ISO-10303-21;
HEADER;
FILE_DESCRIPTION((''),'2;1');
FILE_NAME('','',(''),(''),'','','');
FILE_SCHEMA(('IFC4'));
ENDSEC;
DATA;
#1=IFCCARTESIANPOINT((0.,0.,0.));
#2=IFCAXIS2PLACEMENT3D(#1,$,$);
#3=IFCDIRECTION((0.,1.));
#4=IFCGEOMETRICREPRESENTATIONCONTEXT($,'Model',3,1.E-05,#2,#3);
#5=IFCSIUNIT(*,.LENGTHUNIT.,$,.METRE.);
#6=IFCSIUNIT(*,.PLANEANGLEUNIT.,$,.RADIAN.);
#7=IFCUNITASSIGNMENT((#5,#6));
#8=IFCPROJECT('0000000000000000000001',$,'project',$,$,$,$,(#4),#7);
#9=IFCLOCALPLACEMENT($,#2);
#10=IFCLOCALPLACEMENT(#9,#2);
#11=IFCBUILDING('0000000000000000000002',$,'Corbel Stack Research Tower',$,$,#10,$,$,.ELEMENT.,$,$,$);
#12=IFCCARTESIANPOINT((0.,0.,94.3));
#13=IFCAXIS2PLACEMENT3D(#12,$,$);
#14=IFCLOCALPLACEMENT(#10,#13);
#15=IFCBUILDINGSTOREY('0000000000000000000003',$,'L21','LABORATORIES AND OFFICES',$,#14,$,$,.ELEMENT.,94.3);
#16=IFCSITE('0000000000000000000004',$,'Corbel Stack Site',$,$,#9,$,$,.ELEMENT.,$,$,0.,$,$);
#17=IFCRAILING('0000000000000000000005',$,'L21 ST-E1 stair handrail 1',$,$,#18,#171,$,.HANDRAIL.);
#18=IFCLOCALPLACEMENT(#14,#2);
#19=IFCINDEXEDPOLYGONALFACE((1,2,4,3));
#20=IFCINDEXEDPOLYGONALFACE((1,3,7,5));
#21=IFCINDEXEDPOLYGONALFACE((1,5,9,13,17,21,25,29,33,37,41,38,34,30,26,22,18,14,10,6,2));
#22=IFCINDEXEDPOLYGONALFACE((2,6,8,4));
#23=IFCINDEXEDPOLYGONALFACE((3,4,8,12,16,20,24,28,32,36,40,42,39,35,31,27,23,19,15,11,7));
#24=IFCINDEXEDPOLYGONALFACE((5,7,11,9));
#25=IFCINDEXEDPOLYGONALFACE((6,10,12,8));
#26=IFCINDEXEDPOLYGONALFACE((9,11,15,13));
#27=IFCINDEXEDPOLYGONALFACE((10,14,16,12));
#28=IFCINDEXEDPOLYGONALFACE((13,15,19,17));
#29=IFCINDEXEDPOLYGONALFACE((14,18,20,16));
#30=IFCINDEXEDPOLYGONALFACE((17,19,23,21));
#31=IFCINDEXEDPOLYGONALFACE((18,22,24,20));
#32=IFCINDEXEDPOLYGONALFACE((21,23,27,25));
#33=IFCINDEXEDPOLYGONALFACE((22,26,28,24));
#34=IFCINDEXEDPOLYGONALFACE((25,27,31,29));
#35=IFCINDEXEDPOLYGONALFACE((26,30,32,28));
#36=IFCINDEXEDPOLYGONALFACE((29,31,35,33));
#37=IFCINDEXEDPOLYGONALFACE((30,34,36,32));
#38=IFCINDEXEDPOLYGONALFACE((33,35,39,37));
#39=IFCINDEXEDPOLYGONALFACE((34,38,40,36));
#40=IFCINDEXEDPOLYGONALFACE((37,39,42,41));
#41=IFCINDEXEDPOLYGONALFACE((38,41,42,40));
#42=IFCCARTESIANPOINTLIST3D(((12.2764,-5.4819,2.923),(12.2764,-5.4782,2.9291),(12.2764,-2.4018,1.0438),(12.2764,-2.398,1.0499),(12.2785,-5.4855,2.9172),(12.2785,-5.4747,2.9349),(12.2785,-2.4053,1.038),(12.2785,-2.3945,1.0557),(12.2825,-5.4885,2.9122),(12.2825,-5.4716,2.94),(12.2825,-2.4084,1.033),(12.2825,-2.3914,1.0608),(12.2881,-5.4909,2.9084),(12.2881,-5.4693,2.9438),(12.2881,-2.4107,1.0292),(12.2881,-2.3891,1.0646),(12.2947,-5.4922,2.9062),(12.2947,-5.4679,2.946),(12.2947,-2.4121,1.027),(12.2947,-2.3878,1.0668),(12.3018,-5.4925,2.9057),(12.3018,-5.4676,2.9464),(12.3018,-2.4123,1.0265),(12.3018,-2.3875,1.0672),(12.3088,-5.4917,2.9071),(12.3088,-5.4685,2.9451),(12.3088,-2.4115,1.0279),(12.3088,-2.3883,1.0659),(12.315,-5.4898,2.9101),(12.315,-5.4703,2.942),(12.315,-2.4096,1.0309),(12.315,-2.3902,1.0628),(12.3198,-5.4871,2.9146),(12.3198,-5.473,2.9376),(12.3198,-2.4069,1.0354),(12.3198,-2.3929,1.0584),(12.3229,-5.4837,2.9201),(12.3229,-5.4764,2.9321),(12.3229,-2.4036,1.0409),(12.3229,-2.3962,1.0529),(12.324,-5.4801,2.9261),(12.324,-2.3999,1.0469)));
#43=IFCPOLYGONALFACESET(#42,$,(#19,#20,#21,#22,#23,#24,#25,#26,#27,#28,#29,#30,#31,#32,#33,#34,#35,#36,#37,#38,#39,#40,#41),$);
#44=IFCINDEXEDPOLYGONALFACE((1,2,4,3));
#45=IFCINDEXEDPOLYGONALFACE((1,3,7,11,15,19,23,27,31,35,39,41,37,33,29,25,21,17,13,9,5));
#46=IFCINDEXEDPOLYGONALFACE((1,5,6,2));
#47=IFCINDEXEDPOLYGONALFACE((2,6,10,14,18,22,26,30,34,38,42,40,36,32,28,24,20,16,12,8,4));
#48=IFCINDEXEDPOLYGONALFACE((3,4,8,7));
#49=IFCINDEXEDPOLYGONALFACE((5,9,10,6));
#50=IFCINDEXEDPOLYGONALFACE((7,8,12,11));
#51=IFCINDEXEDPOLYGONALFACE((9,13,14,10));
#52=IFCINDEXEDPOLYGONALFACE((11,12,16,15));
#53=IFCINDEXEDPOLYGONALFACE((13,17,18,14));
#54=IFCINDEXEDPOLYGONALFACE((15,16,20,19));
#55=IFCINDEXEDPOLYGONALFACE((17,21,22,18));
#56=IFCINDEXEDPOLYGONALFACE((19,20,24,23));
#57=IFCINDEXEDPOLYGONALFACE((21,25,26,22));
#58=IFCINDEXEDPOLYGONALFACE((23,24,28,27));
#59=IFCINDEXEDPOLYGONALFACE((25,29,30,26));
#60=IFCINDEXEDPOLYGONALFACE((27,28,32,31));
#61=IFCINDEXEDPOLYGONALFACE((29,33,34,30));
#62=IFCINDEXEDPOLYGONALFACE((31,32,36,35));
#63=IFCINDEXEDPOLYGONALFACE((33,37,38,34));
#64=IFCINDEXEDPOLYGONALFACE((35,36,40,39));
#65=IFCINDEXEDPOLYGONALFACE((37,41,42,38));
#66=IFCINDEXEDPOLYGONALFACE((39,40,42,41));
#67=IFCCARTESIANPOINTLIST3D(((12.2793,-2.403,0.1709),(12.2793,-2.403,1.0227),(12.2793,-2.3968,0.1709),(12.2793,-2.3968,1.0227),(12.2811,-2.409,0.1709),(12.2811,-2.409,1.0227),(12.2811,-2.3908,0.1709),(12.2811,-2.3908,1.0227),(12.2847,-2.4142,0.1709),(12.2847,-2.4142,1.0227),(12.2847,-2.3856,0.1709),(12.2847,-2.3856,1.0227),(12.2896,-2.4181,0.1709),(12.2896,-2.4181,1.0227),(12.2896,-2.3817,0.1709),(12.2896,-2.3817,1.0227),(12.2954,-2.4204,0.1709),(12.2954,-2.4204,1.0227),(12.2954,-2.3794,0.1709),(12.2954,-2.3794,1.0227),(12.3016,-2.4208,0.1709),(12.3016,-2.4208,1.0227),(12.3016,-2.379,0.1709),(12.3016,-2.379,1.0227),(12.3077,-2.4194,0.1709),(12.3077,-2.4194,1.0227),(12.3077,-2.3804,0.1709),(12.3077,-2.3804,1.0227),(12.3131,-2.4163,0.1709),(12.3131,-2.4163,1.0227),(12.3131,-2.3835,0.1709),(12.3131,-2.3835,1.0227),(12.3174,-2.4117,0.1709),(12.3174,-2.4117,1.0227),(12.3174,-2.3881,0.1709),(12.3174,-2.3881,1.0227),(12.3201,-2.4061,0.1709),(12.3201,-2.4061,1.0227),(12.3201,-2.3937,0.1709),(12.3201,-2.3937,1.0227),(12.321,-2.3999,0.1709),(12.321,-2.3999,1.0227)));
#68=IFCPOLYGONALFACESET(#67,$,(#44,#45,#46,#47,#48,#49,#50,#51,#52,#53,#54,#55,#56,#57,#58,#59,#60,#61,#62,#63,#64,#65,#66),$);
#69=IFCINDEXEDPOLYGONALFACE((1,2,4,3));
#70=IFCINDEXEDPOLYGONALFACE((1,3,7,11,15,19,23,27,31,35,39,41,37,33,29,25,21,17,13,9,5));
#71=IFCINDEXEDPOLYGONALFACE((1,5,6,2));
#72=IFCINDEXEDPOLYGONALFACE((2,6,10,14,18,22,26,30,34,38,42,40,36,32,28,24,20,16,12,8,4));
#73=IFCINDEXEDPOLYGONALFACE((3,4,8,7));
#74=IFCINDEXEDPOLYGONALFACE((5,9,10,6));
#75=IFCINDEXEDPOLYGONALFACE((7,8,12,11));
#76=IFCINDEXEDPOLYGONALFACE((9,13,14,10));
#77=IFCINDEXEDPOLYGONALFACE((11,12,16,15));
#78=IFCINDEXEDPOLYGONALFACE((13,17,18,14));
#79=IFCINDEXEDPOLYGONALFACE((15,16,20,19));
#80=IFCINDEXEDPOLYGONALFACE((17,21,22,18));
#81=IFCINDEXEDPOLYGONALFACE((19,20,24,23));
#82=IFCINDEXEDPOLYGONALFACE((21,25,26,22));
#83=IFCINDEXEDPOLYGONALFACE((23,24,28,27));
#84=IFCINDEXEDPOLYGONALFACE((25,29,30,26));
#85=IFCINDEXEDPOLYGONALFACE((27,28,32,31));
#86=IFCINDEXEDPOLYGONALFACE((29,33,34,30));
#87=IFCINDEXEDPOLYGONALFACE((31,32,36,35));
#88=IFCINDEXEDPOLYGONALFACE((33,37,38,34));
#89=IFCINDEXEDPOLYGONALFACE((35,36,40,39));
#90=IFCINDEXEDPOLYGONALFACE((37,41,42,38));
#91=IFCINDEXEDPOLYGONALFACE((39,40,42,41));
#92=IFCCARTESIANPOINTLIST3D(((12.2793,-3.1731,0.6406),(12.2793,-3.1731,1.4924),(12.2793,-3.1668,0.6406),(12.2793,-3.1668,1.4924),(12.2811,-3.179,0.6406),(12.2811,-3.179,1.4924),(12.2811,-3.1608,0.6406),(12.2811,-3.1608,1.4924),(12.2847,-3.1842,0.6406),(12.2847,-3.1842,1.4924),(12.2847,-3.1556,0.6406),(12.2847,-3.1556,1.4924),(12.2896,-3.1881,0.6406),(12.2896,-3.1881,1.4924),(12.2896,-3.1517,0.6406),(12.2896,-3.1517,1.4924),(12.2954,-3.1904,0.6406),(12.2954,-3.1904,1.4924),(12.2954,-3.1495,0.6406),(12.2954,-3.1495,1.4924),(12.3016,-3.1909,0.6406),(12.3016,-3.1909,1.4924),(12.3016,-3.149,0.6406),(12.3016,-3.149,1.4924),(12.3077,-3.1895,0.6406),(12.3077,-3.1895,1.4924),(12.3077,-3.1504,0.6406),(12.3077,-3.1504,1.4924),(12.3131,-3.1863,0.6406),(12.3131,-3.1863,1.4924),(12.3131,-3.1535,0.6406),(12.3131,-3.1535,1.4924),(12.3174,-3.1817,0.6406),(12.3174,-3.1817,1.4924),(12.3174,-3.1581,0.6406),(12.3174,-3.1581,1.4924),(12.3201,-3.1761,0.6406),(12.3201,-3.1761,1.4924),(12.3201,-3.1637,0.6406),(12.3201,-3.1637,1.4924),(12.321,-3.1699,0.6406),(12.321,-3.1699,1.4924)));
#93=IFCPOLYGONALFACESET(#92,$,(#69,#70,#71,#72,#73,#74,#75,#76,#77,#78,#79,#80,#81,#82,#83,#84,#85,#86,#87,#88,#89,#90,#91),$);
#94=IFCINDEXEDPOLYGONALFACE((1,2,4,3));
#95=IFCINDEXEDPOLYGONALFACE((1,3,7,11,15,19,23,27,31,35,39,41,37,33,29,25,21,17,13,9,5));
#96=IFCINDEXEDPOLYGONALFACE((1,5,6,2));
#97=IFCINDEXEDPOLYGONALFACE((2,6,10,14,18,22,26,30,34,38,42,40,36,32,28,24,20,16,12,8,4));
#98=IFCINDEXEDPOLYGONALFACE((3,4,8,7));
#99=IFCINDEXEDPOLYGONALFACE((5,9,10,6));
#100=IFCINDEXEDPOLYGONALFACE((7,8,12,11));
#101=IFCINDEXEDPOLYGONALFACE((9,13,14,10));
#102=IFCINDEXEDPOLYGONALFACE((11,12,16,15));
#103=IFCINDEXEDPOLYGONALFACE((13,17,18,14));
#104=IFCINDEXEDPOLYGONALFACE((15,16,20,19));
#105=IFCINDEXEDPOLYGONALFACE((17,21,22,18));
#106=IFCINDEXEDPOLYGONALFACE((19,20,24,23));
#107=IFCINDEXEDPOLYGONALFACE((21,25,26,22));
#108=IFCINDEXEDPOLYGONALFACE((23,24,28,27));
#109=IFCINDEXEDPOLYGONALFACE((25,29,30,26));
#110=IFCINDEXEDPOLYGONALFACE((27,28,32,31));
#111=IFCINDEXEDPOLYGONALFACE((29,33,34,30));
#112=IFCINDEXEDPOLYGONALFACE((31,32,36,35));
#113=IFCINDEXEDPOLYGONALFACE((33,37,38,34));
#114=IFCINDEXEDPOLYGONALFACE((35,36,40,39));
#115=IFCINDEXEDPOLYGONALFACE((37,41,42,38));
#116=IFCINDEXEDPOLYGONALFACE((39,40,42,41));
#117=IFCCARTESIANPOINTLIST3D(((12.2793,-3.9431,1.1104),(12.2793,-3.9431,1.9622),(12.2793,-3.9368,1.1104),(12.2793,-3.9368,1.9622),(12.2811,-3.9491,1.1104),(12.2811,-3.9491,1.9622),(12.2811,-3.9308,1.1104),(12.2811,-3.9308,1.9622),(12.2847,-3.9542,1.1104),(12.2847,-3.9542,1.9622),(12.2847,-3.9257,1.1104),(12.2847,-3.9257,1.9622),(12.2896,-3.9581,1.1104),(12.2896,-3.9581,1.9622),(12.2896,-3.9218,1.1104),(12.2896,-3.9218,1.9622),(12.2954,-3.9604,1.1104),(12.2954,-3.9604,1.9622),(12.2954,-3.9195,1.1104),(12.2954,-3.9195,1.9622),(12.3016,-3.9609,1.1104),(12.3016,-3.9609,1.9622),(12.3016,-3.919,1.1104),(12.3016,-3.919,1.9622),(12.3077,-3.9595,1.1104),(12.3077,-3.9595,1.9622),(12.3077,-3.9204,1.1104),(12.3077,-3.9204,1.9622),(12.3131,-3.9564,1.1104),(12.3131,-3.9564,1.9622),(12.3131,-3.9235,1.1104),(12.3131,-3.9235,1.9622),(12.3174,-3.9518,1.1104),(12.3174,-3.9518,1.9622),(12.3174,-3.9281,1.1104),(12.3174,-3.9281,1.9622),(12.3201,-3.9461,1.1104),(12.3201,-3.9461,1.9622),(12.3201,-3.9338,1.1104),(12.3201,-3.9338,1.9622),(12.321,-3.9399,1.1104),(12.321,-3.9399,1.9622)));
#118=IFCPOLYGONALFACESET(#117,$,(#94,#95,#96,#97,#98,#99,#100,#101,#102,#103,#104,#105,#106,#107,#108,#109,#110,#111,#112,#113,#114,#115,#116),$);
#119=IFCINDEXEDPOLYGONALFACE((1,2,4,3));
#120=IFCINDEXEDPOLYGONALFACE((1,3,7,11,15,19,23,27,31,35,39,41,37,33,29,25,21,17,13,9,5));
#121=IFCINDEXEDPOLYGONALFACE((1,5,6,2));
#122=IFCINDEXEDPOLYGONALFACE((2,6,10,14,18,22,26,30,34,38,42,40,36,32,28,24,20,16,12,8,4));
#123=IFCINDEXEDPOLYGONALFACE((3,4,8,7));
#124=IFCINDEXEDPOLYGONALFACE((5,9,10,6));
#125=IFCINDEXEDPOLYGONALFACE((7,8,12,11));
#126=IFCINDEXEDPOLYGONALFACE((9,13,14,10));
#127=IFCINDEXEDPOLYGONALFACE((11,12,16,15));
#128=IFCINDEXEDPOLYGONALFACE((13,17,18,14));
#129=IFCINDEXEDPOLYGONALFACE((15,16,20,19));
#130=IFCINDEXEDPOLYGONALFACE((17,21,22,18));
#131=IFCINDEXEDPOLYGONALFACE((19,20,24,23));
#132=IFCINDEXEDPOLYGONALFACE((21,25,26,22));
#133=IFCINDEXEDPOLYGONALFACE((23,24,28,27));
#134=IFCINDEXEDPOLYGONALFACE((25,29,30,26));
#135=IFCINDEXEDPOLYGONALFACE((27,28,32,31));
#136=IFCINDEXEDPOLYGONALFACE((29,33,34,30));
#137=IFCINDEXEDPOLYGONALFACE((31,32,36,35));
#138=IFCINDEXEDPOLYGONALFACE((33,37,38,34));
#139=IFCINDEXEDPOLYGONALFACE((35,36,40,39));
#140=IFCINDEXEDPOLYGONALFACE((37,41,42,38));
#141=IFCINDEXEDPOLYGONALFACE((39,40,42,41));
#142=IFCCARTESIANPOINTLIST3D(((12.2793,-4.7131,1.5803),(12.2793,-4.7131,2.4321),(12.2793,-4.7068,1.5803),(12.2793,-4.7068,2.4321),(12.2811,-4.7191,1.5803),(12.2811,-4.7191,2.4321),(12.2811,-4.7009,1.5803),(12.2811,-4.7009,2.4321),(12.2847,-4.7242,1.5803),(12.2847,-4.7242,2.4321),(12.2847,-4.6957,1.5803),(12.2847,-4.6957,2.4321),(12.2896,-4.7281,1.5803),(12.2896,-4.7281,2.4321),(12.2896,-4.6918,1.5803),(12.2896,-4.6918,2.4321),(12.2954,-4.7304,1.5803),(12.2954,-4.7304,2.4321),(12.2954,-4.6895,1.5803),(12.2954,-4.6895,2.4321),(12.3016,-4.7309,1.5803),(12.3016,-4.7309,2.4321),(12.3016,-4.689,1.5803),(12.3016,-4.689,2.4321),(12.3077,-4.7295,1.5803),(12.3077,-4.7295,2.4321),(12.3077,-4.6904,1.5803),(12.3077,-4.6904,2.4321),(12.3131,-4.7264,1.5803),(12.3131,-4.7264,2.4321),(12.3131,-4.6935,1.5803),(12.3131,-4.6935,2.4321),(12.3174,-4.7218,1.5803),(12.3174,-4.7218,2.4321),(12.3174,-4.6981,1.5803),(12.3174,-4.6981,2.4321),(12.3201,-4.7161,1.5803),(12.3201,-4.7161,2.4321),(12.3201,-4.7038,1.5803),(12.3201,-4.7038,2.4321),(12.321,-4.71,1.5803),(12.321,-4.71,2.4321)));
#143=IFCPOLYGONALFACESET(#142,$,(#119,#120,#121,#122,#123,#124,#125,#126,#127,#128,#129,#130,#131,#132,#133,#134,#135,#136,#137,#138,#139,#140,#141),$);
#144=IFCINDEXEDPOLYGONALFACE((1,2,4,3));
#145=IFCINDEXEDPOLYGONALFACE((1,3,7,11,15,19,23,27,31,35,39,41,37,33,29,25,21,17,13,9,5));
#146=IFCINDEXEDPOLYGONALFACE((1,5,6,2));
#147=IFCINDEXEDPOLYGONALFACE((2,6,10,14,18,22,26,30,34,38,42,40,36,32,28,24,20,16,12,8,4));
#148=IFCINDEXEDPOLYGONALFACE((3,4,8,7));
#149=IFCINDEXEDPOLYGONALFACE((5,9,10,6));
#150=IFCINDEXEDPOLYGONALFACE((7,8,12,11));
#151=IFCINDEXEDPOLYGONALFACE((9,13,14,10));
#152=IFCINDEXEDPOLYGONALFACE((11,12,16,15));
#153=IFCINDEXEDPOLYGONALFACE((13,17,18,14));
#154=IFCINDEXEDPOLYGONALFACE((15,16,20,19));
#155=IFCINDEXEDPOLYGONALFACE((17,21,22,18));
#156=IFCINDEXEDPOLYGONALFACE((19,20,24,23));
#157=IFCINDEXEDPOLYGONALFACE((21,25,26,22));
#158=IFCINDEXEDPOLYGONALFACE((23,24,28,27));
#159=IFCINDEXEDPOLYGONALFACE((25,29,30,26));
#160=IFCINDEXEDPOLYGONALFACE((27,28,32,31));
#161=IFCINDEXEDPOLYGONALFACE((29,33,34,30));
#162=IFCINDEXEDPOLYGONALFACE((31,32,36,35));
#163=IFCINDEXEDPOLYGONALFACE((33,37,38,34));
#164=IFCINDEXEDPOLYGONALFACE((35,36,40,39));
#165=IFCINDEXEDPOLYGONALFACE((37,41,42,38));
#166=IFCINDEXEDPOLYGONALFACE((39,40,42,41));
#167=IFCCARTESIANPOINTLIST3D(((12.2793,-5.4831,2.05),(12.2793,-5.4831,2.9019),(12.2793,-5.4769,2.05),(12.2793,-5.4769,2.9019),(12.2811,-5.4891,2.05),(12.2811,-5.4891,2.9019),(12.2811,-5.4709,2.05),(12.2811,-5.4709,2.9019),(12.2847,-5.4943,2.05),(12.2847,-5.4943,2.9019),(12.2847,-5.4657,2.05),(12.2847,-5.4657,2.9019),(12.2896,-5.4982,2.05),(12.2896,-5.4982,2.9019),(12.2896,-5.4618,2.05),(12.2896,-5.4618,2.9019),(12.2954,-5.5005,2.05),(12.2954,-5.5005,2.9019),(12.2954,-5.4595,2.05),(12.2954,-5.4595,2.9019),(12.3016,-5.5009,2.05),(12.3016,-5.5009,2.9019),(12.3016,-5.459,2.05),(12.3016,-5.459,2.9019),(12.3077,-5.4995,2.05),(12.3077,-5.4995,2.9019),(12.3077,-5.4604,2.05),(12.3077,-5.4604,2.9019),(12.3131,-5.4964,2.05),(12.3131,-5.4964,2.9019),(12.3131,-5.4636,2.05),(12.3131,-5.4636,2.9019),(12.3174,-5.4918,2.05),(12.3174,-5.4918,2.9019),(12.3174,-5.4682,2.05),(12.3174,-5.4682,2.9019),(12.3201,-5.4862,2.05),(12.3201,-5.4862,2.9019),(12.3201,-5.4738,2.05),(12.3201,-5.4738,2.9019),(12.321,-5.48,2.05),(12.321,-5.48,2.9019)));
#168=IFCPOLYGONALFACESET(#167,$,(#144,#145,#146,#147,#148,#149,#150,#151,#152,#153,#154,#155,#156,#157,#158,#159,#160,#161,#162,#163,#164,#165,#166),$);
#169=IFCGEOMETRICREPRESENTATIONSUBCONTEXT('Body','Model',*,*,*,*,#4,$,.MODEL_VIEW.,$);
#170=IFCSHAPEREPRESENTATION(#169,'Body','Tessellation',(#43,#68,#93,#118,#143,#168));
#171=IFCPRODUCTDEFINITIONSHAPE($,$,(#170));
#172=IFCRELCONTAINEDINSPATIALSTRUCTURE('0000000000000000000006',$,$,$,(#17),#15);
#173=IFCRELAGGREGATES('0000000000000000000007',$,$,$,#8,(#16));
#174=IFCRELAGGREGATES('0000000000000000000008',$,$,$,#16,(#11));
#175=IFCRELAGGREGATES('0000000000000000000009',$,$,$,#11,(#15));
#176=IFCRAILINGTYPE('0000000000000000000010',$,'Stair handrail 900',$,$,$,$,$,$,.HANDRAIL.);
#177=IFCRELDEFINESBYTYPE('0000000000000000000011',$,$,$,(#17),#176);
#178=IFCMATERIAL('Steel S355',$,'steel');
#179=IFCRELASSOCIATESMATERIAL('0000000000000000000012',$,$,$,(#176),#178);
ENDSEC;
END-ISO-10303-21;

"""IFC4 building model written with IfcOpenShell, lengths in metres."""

from ifc_helpers import new_model, si_unit, direction, frame, origin, origin_2d, place, context, subcontext, project, spatial, circle, extrude, material, type_object, element, save


model = new_model("IFC4")

# Units and contexts
model_context = context("Model", 3, precision=1e-05, world=origin(), true_north=direction((0.0, 1.0)))
body_context = subcontext(model_context, "Body", "Model", "MODEL_VIEW")
ifc_project = project(units=[si_unit("LENGTHUNIT", "METRE"), si_unit("PLANEANGLEUNIT", "RADIAN")], contexts=[model_context])

# Site, building, storey
site_placement = place(None, origin())
site = spatial("IfcSite", under=ifc_project, at=site_placement, Name="Corbel Stack Site", CompositionType="ELEMENT", RefElevation=0.0)
building_placement = place(site_placement, origin())
building = spatial("IfcBuilding", under=site, at=building_placement, Name="Corbel Stack Research Tower", CompositionType="ELEMENT")
storey_placement = place(building_placement, frame((0.0, 0.0, 94.3)))
storey = spatial("IfcBuildingStorey", under=building, at=storey_placement, Name="L21", Description="LABORATORIES AND OFFICES", CompositionType="ELEMENT", Elevation=94.3)

# Railing
ifc_material_1 = material(Name="Steel S355", Category="steel")
railing_type_1 = type_object("IfcRailingType", Name="Stair handrail 900", PredefinedType="HANDRAIL", material=ifc_material_1)
railing_1_placement = place(storey_placement, frame((12.3, -2.3999, 0.1709)))
element("IfcRailing", 1, at=railing_1_placement, inside=storey, type_object=railing_type_1, Name="L21 ST-E1 stair handrail 1", PredefinedType="HANDRAIL", context=body_context, shape_type="SweptSolid", body=[
    extrude(circle(Radius=0.0239, at=origin_2d()), frame((0.0, 0.0, 0.876), z_axis=(0.0, -0.853666, 0.52082), x_axis=(1.0, 0.0, 0.0)), (0.0, 0.0, 1.0), 3.6082),
    extrude(circle(Radius=0.021, at=origin_2d()), origin(), (0.0, 0.0, 1.0), 0.8518),
    extrude(circle(Radius=0.021, at=origin_2d()), frame((0.0, -0.77, 0.4697)), (0.0, 0.0, 1.0), 0.8518),
    extrude(circle(Radius=0.021, at=origin_2d()), frame((0.0, -1.54, 0.9395)), (0.0, 0.0, 1.0), 0.8518),
    extrude(circle(Radius=0.021, at=origin_2d()), frame((0.0, -2.3101, 1.4094)), (0.0, 0.0, 1.0), 0.8518),
    extrude(circle(Radius=0.021, at=origin_2d()), frame((0.0, -3.0801, 1.8792)), (0.0, 0.0, 1.0), 0.8518),
])

save(model, "model.ifc")
